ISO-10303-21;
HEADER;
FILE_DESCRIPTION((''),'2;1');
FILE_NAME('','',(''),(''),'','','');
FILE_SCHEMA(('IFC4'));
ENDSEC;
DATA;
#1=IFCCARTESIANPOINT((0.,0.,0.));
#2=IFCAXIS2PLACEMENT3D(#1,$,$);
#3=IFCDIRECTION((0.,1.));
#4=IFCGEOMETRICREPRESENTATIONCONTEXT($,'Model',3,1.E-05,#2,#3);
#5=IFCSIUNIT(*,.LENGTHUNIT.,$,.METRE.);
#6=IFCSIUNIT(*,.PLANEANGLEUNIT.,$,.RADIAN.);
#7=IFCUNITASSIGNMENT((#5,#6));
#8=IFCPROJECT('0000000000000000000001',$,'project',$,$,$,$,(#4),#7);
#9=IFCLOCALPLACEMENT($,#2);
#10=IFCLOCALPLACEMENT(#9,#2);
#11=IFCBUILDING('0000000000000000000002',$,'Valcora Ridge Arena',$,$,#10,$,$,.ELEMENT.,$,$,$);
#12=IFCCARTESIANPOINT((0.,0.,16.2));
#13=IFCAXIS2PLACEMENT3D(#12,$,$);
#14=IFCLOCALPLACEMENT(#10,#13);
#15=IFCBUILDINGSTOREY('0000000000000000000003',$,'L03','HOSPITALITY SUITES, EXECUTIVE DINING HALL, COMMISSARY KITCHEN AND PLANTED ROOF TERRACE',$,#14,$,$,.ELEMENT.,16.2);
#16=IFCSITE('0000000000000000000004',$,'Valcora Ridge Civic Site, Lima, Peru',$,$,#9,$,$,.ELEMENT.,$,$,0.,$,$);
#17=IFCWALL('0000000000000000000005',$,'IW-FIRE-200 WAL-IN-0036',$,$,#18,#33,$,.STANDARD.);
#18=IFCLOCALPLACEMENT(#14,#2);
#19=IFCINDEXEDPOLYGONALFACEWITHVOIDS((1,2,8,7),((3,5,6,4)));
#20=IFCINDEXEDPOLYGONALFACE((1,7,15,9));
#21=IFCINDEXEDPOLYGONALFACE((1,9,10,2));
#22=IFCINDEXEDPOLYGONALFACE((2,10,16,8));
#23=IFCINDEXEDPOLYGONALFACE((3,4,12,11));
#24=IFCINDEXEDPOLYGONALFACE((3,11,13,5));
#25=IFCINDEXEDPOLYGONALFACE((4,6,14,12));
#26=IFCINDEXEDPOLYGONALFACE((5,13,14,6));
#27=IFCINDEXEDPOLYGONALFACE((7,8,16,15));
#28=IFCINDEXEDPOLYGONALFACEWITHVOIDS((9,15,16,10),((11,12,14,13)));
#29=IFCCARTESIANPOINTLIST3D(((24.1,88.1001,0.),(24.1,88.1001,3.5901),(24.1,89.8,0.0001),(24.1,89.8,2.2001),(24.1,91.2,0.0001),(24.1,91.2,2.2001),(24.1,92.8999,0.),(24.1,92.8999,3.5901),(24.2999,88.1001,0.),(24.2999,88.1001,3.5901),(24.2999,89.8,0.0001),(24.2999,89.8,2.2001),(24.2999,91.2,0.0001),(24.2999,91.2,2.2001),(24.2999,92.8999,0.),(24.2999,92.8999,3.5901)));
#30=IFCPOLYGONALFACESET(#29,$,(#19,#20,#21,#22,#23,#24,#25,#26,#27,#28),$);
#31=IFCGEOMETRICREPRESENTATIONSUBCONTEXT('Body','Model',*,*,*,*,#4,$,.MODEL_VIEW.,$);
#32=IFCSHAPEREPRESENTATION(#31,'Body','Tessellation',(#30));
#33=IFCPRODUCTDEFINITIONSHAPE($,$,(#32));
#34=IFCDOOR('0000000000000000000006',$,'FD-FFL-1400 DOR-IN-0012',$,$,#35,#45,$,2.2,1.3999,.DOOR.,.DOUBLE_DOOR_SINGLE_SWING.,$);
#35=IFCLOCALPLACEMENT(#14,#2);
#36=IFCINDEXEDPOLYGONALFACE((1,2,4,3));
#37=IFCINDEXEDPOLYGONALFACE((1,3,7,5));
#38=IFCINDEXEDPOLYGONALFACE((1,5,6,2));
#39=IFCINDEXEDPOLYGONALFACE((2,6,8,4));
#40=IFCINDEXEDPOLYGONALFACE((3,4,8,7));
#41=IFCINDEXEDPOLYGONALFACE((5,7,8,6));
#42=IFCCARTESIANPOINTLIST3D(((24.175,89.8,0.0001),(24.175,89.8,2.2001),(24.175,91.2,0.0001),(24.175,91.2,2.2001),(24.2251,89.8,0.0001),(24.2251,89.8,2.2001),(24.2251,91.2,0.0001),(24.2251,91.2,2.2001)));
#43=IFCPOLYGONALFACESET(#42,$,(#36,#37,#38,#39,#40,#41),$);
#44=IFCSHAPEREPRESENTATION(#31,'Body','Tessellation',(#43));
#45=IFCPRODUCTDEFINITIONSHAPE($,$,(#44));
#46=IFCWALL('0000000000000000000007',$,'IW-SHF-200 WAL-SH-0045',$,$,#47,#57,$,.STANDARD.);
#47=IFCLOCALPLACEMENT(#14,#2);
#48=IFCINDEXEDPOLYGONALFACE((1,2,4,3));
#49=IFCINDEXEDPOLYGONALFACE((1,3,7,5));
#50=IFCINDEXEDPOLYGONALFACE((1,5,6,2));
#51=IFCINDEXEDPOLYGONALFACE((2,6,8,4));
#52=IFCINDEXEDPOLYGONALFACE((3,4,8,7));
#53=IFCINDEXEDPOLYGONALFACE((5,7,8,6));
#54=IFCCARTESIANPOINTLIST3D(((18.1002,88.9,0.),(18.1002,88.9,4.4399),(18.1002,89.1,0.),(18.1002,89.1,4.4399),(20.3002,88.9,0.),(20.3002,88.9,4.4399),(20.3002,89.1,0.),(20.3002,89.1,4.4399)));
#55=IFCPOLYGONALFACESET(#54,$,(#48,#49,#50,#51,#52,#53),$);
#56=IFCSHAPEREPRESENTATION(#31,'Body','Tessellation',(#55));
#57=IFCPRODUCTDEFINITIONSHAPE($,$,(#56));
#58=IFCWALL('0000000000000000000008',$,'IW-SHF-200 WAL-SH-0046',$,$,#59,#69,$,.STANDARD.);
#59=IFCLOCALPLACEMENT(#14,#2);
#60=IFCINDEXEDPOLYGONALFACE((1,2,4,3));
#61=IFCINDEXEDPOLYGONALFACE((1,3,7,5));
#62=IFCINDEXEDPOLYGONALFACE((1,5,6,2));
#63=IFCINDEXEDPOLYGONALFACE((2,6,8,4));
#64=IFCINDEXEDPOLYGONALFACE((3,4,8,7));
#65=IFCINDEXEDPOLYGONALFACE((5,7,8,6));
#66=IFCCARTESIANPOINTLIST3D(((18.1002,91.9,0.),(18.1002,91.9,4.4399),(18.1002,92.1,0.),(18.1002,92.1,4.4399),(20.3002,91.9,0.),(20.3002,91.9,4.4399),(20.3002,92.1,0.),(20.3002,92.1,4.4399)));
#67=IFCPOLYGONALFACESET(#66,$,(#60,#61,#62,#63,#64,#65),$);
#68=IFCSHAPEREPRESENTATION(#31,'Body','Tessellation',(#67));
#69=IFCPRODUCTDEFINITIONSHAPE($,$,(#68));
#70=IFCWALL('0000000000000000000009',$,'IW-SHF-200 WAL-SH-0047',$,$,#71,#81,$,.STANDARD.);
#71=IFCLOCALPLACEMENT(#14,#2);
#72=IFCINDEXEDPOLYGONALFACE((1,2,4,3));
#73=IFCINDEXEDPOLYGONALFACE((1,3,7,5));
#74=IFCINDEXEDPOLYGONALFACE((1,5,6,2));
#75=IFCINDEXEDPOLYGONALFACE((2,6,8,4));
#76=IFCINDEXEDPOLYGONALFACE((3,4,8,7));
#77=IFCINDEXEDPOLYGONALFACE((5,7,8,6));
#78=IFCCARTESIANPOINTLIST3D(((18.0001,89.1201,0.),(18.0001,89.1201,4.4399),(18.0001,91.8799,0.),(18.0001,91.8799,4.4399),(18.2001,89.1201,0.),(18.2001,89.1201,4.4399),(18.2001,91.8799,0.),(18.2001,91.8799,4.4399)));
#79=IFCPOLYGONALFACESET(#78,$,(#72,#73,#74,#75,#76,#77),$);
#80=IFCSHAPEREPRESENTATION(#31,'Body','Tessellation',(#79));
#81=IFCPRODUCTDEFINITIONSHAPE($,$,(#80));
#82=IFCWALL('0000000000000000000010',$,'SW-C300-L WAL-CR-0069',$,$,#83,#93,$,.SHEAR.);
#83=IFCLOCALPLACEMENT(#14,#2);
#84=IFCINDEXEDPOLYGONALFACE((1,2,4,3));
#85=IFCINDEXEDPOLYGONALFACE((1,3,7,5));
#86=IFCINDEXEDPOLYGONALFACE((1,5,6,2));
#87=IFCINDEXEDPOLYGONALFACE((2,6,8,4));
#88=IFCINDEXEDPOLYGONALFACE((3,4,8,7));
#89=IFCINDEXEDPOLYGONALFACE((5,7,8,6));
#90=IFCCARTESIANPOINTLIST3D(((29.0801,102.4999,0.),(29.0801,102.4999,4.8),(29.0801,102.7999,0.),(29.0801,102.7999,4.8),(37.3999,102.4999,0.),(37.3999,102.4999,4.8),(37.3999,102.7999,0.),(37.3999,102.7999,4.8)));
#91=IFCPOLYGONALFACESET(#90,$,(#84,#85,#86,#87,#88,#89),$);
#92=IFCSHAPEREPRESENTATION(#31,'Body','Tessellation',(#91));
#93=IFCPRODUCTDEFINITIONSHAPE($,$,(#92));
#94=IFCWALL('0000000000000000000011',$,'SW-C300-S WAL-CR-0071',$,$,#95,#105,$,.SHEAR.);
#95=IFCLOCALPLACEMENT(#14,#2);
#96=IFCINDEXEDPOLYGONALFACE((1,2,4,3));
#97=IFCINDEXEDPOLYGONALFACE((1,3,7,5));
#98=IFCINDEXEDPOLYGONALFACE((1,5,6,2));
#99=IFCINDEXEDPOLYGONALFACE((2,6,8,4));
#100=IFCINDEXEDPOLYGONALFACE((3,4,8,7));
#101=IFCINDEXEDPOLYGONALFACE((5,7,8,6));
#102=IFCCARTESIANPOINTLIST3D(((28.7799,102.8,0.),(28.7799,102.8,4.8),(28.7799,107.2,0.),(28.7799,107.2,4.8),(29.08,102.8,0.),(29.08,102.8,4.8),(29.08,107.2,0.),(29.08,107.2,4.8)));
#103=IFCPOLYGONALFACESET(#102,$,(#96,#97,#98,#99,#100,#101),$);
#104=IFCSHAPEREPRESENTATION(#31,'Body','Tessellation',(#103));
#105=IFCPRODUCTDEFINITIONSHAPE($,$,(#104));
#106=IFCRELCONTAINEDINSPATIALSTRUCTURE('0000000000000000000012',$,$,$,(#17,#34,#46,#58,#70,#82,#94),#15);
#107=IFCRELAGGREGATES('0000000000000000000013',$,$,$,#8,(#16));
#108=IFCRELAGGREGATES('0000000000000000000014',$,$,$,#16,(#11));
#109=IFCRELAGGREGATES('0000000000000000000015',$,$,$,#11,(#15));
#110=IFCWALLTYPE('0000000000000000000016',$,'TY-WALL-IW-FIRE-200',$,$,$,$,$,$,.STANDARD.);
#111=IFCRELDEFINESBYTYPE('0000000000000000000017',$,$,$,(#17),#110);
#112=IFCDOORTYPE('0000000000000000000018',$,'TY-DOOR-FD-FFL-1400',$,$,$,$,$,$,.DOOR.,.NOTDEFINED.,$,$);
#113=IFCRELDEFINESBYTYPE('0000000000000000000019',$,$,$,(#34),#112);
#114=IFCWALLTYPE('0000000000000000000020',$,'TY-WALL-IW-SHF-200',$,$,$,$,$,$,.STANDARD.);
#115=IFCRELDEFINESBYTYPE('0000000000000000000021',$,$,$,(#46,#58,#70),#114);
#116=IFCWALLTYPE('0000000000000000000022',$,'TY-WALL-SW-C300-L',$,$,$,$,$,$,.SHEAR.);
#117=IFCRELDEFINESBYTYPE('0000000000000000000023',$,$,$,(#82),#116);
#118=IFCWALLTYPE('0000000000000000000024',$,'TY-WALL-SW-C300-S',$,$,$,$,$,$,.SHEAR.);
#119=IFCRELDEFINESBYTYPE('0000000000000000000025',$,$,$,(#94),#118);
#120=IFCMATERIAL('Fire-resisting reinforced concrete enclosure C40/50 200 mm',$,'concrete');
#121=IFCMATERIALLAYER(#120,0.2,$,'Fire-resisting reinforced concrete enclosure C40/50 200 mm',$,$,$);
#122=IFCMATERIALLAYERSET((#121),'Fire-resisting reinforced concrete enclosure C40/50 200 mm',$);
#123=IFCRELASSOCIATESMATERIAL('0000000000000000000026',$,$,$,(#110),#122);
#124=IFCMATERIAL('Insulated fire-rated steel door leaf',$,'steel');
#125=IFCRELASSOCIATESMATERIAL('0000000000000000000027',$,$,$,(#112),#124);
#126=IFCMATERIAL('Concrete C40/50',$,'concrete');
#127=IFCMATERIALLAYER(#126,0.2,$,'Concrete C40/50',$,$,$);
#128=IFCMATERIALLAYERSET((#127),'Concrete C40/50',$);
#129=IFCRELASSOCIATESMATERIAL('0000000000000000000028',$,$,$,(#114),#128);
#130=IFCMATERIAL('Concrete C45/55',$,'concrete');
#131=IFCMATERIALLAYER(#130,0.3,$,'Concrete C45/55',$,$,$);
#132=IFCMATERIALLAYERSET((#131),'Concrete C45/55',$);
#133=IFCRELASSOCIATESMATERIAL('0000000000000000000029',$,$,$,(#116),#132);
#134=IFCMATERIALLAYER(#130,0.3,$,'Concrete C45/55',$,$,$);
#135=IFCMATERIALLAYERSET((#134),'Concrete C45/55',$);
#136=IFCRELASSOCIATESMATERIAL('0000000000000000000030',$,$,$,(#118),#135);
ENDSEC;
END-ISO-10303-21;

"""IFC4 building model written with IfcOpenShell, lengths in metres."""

from ifc_helpers import new_model, si_unit, direction, frame, frame_2d, origin, place, context, subcontext, project, spatial, rectangle, extrude, material, layer, layer_set, type_object, element, fill, save


model = new_model("IFC4")

# Units and contexts
model_context = context("Model", 3, precision=1e-05, world=origin(), true_north=direction((0.0, 1.0)))
body_context = subcontext(model_context, "Body", "Model", "MODEL_VIEW")
ifc_project = project(units=[si_unit("LENGTHUNIT", "METRE"), si_unit("PLANEANGLEUNIT", "RADIAN")], contexts=[model_context])

# Site, building, storey
site_placement = place(None, origin())
site = spatial("IfcSite", under=ifc_project, at=site_placement, Name="Valcora Ridge Civic Site, Lima, Peru", CompositionType="ELEMENT", RefElevation=0.0)
building_placement = place(site_placement, origin())
building = spatial("IfcBuilding", under=site, at=building_placement, Name="Valcora Ridge Arena", CompositionType="ELEMENT")
storey_placement = place(building_placement, frame((0.0, 0.0, 16.2)))
storey = spatial("IfcBuildingStorey", under=building, at=storey_placement, Name="L03", Description="HOSPITALITY SUITES, EXECUTIVE DINING HALL, COMMISSARY KITCHEN AND PLANTED ROOF TERRACE", CompositionType="ELEMENT", Elevation=16.2)

# Shared definitions
ifc_material_1 = material(Name="Concrete C40/50", Category="concrete")

# Shared definitions
ifc_material_2 = material(Name="Fire-resisting reinforced concrete enclosure C40/50 200 mm", Category="concrete")
ifc_layer_1 = layer(ifc_material_2, 0.2, Name="Fire-resisting reinforced concrete enclosure C40/50 200 mm")
ifc_layer_set_1 = layer_set([ifc_layer_1], Name="Fire-resisting reinforced concrete enclosure C40/50 200 mm")
wall_type_1 = type_object("IfcWallType", Name="TY-WALL-IW-FIRE-200", PredefinedType="STANDARD", material=ifc_layer_set_1)

# Wall, opening, door
wall_1_placement = place(storey_placement, frame((24.2, 88.1001, 0.0), z_axis=(0.0, 0.0, 1.0), x_axis=(0.0, 1.0, 0.0)))
wall_1 = element("IfcWall", 1, at=wall_1_placement, inside=storey, type_object=wall_type_1, Name="IW-FIRE-200 WAL-IN-0036", PredefinedType="STANDARD", context=body_context, shape_type="SweptSolid", body=[
    extrude(rectangle(XDim=4.7998, YDim=0.2, at=frame_2d((2.3999, 0.0))), origin(), (0.0, 0.0, 1.0), 3.5901),
])
opening_1_placement = place(wall_1_placement, frame((1.7, 0.0, 0.0)))
opening_1 = element("IfcOpeningElement", 2, at=opening_1_placement, cuts=wall_1, PredefinedType="OPENING", context=body_context, shape_type="SweptSolid", body=[
    extrude(rectangle(XDim=1.3999, YDim=2.2, at=frame_2d((0.7, 1.1001))), frame((0.0, 0.1099, 0.0), z_axis=(0.0, -1.0, 0.0), x_axis=(1.0, 0.0, 0.0)), (0.0, 0.0, 1.0), 0.22),
])
ifc_material_3 = material(Name="Insulated fire-rated steel door leaf", Category="steel")
door_type_1 = type_object("IfcDoorType", Name="TY-DOOR-FD-FFL-1400", OperationType="NOTDEFINED", PredefinedType="DOOR", material=ifc_material_3)
door_1_placement = place(opening_1_placement, origin())
door_1 = element("IfcDoor", 3, at=door_1_placement, inside=storey, type_object=door_type_1, Name="FD-FFL-1400 DOR-IN-0012", OperationType="DOUBLE_DOOR_SINGLE_SWING", OverallHeight=2.2, OverallWidth=1.3999, PredefinedType="DOOR", context=body_context, shape_type="SweptSolid", body=[
    extrude(rectangle(XDim=1.3999, YDim=2.2, at=frame_2d((0.7, 1.1001))), frame((0.0, 0.0249, 0.0), z_axis=(0.0, -1.0, 0.0), x_axis=(1.0, 0.0, 0.0)), (0.0, 0.0, 1.0), 0.05),
])
fill(opening_1, door_1)

# Walls
ifc_layer_2 = layer(ifc_material_1, 0.2, Name="Concrete C40/50")
ifc_layer_set_2 = layer_set([ifc_layer_2], Name="Concrete C40/50")
wall_type_2 = type_object("IfcWallType", Name="TY-WALL-IW-SHF-200", PredefinedType="STANDARD", material=ifc_layer_set_2)
for number, where, z_axis, x_axis, name in (
    (4, (18.1001, 89.0, 0.0), (0.0, 0.0, 1.0), (1.0, 0.0, 0.0), "IW-SHF-200 WAL-SH-0045"),
    (5, (18.1001, 92.0, 0.0), (0.0, 0.0, 1.0), (1.0, 0.0, 0.0), "IW-SHF-200 WAL-SH-0046"),
):
    element("IfcWall", number, at=place(storey_placement, frame(where, z_axis=z_axis, x_axis=x_axis)), inside=storey, type_object=wall_type_2, Name=name, PredefinedType="STANDARD", context=body_context, shape_type="SweptSolid", body=[
        extrude(rectangle(XDim=2.2, YDim=0.2, at=frame_2d((1.1001, 0.0))), origin(), (0.0, 0.0, 1.0), 4.4399),
    ])
wall_2_placement = place(storey_placement, frame((18.1001, 89.1201, 0.0), z_axis=(0.0, 0.0, 1.0), x_axis=(0.0, 1.0, 0.0)))
element("IfcWall", 6, at=wall_2_placement, inside=storey, type_object=wall_type_2, Name="IW-SHF-200 WAL-SH-0047", PredefinedType="STANDARD", context=body_context, shape_type="SweptSolid", body=[
    extrude(rectangle(XDim=2.7598, YDim=0.2, at=frame_2d((1.3799, 0.0))), origin(), (0.0, 0.0, 1.0), 4.4399),
])

# Walls
ifc_material_4 = material(Name="Concrete C45/55", Category="concrete")
ifc_layer_3 = layer(ifc_material_4, 0.3, Name="Concrete C45/55")
ifc_layer_set_3 = layer_set([ifc_layer_3], Name="Concrete C45/55")
wall_type_3 = type_object("IfcWallType", Name="TY-WALL-SW-C300-L", PredefinedType="SHEAR", material=ifc_layer_set_3)
wall_3_placement = place(storey_placement, frame((29.0801, 102.6499, 0.0), z_axis=(0.0, 0.0, 1.0), x_axis=(1.0, 0.0, 0.0)))
element("IfcWall", 7, at=wall_3_placement, inside=storey, type_object=wall_type_3, Name="SW-C300-L WAL-CR-0069", PredefinedType="SHEAR", context=body_context, shape_type="SweptSolid", body=[
    extrude(rectangle(XDim=8.3198, YDim=0.3, at=frame_2d((4.1599, 0.0))), origin(), (0.0, 0.0, 1.0), 4.8),
])
ifc_layer_4 = layer(ifc_material_4, 0.3, Name="Concrete C45/55")
ifc_layer_set_4 = layer_set([ifc_layer_4], Name="Concrete C45/55")
wall_type_4 = type_object("IfcWallType", Name="TY-WALL-SW-C300-S", PredefinedType="SHEAR", material=ifc_layer_set_4)
wall_4_placement = place(storey_placement, frame((28.9299, 102.8, 0.0), z_axis=(0.0, 0.0, 1.0), x_axis=(0.0, 1.0, 0.0)))
element("IfcWall", 8, at=wall_4_placement, inside=storey, type_object=wall_type_4, Name="SW-C300-S WAL-CR-0071", PredefinedType="SHEAR", context=body_context, shape_type="SweptSolid", body=[
    extrude(rectangle(XDim=4.3999, YDim=0.3, at=frame_2d((2.2, 0.0))), origin(), (0.0, 0.0, 1.0), 4.8),
])

save(model, "model.ifc")
